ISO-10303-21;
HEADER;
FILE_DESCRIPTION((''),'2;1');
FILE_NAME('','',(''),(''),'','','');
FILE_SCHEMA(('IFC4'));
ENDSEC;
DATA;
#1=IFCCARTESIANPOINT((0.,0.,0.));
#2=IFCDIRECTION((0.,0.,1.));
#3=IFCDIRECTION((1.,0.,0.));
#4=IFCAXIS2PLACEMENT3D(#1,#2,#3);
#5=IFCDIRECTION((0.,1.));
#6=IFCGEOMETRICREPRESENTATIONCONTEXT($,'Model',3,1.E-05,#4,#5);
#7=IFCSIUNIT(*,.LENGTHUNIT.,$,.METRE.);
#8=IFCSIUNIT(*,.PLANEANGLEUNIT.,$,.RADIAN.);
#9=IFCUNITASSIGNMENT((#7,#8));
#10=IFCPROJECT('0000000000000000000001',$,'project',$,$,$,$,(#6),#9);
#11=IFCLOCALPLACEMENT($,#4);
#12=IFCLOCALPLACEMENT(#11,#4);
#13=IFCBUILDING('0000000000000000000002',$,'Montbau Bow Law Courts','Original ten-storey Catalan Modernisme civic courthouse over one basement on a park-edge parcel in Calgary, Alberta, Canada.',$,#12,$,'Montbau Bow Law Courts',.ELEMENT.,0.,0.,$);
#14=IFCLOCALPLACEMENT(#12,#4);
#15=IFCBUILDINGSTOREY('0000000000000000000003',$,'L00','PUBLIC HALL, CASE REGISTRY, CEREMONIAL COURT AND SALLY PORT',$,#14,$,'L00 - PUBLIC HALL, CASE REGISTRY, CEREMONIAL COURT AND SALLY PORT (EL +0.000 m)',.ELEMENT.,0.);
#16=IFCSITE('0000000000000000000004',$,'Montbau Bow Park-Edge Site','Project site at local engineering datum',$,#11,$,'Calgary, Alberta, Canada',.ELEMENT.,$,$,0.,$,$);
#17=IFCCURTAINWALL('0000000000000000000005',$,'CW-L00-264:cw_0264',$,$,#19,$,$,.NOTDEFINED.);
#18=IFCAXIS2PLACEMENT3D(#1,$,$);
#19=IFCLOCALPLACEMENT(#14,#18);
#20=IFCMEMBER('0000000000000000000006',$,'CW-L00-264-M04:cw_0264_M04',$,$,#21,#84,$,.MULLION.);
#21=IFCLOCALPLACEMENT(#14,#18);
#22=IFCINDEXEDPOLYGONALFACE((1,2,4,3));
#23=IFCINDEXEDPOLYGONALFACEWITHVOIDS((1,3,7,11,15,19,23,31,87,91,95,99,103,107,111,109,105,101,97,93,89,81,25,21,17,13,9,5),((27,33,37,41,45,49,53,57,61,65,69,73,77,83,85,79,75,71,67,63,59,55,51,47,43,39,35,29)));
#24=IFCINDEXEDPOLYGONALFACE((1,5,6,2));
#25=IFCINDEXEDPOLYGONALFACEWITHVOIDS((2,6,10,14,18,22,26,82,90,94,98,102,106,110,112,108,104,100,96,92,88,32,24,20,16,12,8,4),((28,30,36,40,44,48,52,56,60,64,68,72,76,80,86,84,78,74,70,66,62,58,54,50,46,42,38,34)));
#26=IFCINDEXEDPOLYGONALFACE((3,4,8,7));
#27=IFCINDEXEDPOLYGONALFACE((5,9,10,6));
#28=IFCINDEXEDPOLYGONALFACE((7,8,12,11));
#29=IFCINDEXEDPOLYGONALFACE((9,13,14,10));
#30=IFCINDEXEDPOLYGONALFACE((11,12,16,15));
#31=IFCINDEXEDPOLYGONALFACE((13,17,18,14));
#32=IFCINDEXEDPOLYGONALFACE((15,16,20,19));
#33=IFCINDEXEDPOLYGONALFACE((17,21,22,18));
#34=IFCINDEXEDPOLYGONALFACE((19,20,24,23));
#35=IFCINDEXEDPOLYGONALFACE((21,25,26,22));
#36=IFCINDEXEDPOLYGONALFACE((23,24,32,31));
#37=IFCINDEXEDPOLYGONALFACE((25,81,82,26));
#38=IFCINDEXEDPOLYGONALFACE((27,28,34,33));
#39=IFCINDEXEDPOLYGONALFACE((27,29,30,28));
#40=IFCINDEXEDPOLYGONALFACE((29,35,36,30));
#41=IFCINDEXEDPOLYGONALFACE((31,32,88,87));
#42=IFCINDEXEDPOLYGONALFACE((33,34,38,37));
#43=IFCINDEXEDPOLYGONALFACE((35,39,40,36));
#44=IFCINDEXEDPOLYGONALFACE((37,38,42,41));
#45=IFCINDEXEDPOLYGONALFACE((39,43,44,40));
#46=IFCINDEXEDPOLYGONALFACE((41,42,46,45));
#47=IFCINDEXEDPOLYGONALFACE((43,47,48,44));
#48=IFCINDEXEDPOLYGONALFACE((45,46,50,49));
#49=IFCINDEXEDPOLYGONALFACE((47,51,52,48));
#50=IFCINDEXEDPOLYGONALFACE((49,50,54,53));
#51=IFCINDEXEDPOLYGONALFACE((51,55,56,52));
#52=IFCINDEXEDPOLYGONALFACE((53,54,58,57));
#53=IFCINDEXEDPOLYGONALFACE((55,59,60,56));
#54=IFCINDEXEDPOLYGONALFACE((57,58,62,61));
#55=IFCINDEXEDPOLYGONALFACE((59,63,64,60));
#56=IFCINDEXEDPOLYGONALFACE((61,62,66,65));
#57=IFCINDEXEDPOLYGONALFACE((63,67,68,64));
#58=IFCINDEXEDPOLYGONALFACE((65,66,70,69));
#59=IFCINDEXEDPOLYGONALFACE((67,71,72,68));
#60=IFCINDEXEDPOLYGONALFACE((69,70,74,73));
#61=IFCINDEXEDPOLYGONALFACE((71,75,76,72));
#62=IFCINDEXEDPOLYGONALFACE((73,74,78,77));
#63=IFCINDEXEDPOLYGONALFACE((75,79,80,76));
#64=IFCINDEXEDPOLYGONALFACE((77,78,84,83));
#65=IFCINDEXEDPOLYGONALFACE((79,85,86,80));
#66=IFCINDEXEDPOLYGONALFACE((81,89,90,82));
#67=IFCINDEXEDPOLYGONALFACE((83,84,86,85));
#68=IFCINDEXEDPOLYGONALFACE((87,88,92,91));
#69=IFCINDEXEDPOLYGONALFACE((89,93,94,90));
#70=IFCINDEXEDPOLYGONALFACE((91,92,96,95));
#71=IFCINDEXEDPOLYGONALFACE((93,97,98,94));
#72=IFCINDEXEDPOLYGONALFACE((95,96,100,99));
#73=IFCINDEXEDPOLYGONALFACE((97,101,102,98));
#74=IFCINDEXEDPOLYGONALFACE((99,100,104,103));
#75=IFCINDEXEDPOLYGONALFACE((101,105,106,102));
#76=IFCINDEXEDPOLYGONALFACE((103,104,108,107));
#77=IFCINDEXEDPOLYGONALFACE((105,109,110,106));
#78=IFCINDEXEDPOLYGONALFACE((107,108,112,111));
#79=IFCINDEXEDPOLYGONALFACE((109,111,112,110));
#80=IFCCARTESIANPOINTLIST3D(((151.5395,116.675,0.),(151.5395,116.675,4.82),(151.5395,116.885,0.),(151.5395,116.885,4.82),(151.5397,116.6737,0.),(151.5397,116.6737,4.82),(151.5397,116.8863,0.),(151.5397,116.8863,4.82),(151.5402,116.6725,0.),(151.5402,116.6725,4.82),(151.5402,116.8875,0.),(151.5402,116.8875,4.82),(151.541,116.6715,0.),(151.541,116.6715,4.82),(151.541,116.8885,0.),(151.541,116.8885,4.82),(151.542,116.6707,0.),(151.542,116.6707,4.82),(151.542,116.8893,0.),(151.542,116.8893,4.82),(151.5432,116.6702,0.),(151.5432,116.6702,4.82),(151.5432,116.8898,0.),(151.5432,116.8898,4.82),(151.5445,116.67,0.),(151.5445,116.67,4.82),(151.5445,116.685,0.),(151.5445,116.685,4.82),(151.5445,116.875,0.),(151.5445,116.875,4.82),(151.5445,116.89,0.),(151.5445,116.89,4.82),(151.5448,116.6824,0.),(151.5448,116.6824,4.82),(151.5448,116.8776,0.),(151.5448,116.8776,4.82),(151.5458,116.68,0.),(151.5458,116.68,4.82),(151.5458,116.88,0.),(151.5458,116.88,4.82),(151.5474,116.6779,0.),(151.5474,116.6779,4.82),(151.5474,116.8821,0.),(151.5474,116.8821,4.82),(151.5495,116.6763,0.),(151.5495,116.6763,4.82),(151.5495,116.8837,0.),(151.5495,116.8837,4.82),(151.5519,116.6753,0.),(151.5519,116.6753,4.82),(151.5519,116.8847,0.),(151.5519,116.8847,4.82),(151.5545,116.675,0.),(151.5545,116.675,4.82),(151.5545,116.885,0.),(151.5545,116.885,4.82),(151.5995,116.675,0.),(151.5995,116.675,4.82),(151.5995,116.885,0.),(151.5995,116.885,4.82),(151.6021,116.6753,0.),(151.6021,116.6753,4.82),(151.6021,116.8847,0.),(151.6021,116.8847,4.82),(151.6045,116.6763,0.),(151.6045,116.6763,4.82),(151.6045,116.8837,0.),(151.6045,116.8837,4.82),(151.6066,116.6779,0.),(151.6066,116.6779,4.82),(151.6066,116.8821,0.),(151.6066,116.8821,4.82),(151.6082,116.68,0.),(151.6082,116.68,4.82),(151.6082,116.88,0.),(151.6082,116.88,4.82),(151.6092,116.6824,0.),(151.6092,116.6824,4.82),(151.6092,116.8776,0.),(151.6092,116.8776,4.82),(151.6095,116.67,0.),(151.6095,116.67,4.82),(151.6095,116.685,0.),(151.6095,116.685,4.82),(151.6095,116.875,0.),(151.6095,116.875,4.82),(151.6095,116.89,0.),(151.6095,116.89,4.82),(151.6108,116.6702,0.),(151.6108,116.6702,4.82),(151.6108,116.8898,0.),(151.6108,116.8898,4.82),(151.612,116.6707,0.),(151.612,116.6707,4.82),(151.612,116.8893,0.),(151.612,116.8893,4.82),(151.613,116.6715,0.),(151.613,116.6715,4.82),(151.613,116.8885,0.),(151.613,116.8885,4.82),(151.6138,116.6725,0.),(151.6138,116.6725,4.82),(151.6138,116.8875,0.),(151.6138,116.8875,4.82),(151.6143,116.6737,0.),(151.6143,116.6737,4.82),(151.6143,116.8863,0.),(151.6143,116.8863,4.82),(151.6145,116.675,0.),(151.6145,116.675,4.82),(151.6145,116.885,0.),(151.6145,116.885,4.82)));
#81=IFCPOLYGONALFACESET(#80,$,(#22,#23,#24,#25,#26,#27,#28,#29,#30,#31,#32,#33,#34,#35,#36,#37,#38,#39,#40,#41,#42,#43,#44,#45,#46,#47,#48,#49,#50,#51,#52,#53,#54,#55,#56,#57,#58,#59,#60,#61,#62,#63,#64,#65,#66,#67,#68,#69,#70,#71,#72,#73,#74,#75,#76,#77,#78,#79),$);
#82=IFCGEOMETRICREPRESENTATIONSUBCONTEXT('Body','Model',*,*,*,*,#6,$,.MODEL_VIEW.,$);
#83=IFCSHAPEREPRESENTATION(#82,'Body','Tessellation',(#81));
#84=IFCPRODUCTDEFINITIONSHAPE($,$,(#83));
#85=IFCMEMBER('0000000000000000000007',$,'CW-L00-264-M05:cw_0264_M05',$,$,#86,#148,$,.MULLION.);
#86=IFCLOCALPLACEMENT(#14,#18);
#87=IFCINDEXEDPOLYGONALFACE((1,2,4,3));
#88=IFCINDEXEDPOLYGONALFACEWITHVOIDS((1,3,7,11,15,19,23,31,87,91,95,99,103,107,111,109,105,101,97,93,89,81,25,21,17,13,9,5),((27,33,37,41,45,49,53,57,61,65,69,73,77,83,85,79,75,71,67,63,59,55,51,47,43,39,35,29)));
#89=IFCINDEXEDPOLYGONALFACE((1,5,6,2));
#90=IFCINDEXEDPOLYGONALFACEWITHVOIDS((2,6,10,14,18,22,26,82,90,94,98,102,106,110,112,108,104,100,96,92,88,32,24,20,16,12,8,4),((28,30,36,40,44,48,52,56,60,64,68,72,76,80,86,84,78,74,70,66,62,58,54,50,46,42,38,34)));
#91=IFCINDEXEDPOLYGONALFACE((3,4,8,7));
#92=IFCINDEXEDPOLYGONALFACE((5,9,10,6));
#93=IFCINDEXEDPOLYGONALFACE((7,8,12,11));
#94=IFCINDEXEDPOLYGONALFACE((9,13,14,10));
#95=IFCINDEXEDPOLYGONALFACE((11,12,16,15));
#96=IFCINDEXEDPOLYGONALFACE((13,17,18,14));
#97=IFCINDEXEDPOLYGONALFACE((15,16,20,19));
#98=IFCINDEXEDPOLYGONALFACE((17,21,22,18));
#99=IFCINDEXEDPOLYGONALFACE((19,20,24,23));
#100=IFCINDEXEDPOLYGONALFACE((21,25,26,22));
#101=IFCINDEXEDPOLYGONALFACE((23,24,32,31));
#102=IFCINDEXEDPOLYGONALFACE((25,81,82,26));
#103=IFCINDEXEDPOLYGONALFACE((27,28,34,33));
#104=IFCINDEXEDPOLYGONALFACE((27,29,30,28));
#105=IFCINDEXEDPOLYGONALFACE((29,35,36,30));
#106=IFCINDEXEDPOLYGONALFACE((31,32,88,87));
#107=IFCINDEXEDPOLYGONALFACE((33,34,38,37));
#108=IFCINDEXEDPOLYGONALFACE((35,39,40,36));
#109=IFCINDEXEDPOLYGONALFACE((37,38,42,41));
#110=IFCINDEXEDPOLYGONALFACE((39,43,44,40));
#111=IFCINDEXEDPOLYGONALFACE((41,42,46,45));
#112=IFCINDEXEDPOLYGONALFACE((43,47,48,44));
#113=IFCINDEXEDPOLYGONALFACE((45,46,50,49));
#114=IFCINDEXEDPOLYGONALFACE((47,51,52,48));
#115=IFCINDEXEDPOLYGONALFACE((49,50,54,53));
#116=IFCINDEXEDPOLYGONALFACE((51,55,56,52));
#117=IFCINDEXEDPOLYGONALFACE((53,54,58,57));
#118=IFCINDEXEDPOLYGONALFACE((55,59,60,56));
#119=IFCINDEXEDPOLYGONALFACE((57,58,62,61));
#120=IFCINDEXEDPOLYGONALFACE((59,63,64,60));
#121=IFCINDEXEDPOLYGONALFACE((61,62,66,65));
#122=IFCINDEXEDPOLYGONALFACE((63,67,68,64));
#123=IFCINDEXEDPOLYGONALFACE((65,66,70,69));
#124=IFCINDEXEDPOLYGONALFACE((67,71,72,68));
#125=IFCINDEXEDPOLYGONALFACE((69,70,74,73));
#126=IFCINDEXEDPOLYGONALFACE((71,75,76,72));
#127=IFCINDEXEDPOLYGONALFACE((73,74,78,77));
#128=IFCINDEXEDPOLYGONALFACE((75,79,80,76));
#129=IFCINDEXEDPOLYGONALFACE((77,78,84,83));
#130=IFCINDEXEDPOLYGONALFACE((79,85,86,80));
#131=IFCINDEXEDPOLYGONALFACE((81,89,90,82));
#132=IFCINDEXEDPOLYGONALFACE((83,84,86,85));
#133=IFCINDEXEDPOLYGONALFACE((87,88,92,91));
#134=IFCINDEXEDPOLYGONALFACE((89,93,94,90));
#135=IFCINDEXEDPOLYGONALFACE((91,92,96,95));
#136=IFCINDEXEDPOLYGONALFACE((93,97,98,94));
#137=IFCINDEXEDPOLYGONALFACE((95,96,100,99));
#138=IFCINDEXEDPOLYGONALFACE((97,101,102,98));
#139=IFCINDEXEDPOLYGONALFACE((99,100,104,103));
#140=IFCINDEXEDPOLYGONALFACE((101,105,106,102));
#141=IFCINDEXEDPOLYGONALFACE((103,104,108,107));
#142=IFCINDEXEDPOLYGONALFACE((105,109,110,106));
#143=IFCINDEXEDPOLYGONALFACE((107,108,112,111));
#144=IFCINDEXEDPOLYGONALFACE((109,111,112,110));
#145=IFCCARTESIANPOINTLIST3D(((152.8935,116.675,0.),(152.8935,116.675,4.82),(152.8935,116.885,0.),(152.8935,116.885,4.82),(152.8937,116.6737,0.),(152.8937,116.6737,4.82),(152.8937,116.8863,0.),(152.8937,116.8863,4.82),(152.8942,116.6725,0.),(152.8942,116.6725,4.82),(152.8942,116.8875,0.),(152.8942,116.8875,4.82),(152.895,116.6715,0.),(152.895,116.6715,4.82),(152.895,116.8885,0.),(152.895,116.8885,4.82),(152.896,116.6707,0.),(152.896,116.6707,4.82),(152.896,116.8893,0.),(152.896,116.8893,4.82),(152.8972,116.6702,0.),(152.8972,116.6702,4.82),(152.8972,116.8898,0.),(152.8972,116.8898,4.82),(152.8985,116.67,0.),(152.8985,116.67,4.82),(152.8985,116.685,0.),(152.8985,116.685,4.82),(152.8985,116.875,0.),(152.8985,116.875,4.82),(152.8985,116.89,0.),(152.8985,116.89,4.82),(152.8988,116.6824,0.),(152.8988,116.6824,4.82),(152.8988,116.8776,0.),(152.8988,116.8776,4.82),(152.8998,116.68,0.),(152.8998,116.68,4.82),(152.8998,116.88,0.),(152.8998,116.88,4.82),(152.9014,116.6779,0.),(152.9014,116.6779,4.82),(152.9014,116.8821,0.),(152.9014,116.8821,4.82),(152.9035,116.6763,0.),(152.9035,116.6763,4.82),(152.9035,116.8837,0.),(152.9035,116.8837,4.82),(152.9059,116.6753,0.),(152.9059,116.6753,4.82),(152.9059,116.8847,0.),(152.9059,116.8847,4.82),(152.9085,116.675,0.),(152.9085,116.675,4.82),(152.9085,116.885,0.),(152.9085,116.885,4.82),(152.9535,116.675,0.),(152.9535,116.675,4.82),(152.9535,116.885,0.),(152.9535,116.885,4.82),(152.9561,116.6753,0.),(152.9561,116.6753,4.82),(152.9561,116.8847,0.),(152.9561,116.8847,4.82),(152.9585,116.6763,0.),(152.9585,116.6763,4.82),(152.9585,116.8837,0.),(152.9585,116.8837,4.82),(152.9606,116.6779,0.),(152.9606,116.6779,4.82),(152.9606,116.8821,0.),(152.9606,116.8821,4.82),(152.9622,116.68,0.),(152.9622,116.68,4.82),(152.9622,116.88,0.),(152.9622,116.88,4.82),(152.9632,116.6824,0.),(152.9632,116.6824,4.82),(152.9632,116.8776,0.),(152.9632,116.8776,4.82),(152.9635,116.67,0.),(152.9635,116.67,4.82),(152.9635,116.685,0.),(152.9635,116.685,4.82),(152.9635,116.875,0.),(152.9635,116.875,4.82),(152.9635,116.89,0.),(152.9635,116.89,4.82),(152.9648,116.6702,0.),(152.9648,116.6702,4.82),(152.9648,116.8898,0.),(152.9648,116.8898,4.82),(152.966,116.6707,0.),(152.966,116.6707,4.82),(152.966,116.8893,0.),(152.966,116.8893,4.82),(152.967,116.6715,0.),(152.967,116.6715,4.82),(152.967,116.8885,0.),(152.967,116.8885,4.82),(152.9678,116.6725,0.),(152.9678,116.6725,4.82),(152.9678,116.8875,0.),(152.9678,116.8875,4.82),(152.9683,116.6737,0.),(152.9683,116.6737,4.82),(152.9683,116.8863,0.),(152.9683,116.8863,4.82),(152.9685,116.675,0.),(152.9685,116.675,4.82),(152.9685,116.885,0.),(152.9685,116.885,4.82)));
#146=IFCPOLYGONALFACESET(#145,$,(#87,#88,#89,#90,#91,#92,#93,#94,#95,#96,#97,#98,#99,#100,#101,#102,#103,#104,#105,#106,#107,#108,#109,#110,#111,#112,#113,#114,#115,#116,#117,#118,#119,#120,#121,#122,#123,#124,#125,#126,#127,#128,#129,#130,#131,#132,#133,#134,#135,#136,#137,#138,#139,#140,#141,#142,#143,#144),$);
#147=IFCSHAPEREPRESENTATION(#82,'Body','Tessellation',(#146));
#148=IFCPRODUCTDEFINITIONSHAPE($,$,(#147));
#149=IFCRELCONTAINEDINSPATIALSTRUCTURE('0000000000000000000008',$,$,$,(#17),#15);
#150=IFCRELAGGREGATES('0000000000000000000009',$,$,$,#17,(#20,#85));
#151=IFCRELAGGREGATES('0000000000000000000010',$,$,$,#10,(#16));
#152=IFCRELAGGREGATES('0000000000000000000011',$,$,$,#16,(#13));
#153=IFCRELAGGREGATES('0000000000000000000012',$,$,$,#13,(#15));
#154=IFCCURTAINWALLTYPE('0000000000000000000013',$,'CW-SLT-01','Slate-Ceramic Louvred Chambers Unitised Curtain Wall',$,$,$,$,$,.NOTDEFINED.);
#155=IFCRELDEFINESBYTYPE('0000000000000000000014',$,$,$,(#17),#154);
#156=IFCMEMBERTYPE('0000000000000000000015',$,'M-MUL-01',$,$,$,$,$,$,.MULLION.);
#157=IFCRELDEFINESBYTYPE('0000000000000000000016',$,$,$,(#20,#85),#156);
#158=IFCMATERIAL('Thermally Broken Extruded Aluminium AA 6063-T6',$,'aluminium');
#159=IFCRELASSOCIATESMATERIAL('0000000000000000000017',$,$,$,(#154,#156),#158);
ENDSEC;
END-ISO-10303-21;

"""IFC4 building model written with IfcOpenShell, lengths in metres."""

from ifc_helpers import new_model, si_unit, direction, frame, origin_with_axes, origin_2d_with_axis, place, context, subcontext, project, spatial, hollow_rectangle, extrude, material, material_profile, profile_set, type_object, element, aggregate, save


model = new_model("IFC4")

# Units and contexts
model_context = context("Model", 3, precision=1e-05, world=origin_with_axes(), true_north=direction((0.0, 1.0)))
body_context = subcontext(model_context, "Body", "Model", "MODEL_VIEW")
ifc_project = project(units=[si_unit("LENGTHUNIT", "METRE"), si_unit("PLANEANGLEUNIT", "RADIAN")], contexts=[model_context])

# Site, building, storey
site_placement = place(None, origin_with_axes())
site = spatial("IfcSite", under=ifc_project, at=site_placement, Name="Montbau Bow Park-Edge Site", Description="Project site at local engineering datum", LongName="Calgary, Alberta, Canada", CompositionType="ELEMENT", RefElevation=0.0)
building_placement = place(site_placement, origin_with_axes())
building = spatial("IfcBuilding", under=site, at=building_placement, Name="Montbau Bow Law Courts", Description="Original ten-storey Catalan Modernisme civic courthouse over one basement on a park-edge parcel in Calgary, Alberta, Canada.", LongName="Montbau Bow Law Courts", CompositionType="ELEMENT", ElevationOfRefHeight=0.0, ElevationOfTerrain=0.0)
storey_placement = place(building_placement, origin_with_axes())
storey = spatial("IfcBuildingStorey", under=building, at=storey_placement, Name="L00", Description="PUBLIC HALL, CASE REGISTRY, CEREMONIAL COURT AND SALLY PORT", LongName="L00 - PUBLIC HALL, CASE REGISTRY, CEREMONIAL COURT AND SALLY PORT (EL +0.000 m)", CompositionType="ELEMENT", Elevation=0.0)

# Curtain wall, members
ifc_material_1 = material(Name="Thermally Broken Extruded Aluminium AA 6063-T6", Category="aluminium")
curtain_wall_type = type_object("IfcCurtainWallType", Name="CW-SLT-01", Description="Slate-Ceramic Louvred Chambers Unitised Curtain Wall", PredefinedType="NOTDEFINED", material=ifc_material_1)
curtain_wall_placement = place(None, frame((147.515, 116.78, 0.0), z_axis=(0.0, 0.0, 1.0), x_axis=(1.0, 0.0, 0.0)))
curtain_wall = element("IfcCurtainWall", 1, at=curtain_wall_placement, inside=storey, type_object=curtain_wall_type, Name="CW-L00-264:cw_0264", PredefinedType="NOTDEFINED")
ifc_material_profile_1 = material_profile(ifc_material_1, hollow_rectangle(XDim=0.075, YDim=0.22, WallThickness=0.005, InnerFilletRadius=0.01, OuterFilletRadius=0.005, at=origin_2d_with_axis()), Name="CWM-220X75", Category="Main", Priority=0)
ifc_profile_set_1 = profile_set([ifc_material_profile_1], Name="Thermally Broken Extruded Aluminium AA 6063-T6")
member_type_1 = type_object("IfcMemberType", Name="M-MUL-01", PredefinedType="MULLION", material=ifc_profile_set_1)
member_1_placement = place(None, frame((151.577, 116.78, 0.0), z_axis=(0.0, 0.0, 1.0), x_axis=(1.0, 0.0, 0.0)))
member_1 = element("IfcMember", 2, at=member_1_placement, type_object=member_type_1, Name="CW-L00-264-M04:cw_0264_M04", PredefinedType="MULLION", context=body_context, shape_type="SweptSolid", body=[
    extrude(hollow_rectangle(XDim=0.075, YDim=0.22, WallThickness=0.005, InnerFilletRadius=0.01, OuterFilletRadius=0.005, at=origin_2d_with_axis()), origin_with_axes(), (0.0, 0.0, 1.0), 4.82),
])
member_2_placement = place(None, frame((152.931, 116.78, 0.0), z_axis=(0.0, 0.0, 1.0), x_axis=(1.0, 0.0, 0.0)))
member_2 = element("IfcMember", 3, at=member_2_placement, type_object=member_type_1, Name="CW-L00-264-M05:cw_0264_M05", PredefinedType="MULLION", context=body_context, shape_type="SweptSolid", body=[
    extrude(hollow_rectangle(XDim=0.075, YDim=0.22, WallThickness=0.005, InnerFilletRadius=0.01, OuterFilletRadius=0.005, at=origin_2d_with_axis()), origin_with_axes(), (0.0, 0.0, 1.0), 4.82),
])
aggregate(curtain_wall, [member_1, member_2])

save(model, "model.ifc")
